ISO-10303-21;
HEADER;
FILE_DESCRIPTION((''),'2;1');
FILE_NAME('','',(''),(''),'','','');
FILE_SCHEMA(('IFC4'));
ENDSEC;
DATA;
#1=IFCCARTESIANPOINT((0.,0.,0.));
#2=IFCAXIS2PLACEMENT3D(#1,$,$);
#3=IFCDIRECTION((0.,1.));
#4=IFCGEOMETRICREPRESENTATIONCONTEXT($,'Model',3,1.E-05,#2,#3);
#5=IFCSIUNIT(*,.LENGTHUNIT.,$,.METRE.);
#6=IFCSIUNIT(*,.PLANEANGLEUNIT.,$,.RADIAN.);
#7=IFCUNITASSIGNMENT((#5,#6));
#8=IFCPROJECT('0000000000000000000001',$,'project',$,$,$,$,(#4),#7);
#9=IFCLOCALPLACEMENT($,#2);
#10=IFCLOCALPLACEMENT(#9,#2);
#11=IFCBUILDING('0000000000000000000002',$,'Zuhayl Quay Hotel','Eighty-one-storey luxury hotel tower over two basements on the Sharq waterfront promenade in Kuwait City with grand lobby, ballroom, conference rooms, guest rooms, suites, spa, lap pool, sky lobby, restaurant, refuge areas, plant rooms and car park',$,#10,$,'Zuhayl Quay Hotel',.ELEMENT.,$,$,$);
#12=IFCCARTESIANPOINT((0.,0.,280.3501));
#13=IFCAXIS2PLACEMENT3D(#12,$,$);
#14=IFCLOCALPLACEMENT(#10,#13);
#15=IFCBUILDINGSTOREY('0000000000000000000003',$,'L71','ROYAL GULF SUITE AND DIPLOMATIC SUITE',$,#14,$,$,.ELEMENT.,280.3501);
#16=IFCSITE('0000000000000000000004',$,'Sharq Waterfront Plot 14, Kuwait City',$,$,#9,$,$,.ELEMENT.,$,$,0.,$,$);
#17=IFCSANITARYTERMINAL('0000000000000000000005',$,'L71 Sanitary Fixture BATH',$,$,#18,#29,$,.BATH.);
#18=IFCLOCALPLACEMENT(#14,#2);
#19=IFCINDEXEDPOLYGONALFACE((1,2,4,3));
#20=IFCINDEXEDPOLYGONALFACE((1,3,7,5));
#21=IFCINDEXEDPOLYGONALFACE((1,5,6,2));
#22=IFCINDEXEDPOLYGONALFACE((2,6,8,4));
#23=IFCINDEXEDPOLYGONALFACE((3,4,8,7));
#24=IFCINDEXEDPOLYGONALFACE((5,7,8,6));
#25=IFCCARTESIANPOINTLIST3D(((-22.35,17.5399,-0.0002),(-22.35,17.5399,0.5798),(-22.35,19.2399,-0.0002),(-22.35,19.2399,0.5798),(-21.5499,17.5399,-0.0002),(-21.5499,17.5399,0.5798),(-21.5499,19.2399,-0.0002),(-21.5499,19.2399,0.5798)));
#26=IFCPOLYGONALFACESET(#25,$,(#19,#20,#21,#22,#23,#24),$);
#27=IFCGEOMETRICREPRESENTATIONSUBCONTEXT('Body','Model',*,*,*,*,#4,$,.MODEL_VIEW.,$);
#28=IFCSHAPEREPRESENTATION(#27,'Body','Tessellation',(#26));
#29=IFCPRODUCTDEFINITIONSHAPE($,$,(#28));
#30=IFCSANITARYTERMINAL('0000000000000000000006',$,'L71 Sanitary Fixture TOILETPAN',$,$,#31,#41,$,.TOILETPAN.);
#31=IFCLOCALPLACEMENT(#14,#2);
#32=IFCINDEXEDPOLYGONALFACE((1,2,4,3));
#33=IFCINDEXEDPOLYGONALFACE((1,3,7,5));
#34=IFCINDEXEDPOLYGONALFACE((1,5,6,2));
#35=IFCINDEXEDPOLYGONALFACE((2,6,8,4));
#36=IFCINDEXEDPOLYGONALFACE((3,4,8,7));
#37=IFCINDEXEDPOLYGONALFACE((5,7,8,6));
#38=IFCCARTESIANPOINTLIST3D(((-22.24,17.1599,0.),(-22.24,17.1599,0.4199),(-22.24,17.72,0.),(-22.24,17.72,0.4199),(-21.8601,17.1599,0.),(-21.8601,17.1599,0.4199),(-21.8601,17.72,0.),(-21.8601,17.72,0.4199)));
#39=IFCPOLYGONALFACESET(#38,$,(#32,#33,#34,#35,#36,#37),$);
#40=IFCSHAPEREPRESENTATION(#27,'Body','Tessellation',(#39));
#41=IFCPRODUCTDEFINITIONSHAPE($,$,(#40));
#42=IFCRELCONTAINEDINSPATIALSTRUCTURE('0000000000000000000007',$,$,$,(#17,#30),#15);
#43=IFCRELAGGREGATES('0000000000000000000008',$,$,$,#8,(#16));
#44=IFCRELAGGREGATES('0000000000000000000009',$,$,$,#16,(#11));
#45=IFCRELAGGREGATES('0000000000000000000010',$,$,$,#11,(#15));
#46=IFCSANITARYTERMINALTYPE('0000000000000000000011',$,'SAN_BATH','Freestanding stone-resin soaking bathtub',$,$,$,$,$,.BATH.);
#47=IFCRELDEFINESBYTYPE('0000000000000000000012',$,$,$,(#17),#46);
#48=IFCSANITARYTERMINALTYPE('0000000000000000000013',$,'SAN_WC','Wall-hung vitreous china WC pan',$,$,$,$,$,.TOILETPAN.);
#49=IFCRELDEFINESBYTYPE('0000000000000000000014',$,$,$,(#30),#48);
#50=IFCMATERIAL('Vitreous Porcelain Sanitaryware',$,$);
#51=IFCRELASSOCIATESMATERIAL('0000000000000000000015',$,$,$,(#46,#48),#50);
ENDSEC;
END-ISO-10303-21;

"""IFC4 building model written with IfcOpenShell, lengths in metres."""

from ifc_helpers import new_model, si_unit, direction, frame, origin, origin_2d, place, context, subcontext, project, spatial, rectangle, extrude, material, type_object, element, save


model = new_model("IFC4")

# Units and contexts
model_context = context("Model", 3, precision=1e-05, world=origin(), true_north=direction((0.0, 1.0)))
body_context = subcontext(model_context, "Body", "Model", "MODEL_VIEW")
ifc_project = project(units=[si_unit("LENGTHUNIT", "METRE"), si_unit("PLANEANGLEUNIT", "RADIAN")], contexts=[model_context])

# Site, building, storey
site_placement = place(None, origin())
site = spatial("IfcSite", under=ifc_project, at=site_placement, Name="Sharq Waterfront Plot 14, Kuwait City", CompositionType="ELEMENT", RefElevation=0.0)
building_placement = place(site_placement, origin())
building = spatial("IfcBuilding", under=site, at=building_placement, Name="Zuhayl Quay Hotel", Description="Eighty-one-storey luxury hotel tower over two basements on the Sharq waterfront promenade in Kuwait City with grand lobby, ballroom, conference rooms, guest rooms, suites, spa, lap pool, sky lobby, restaurant, refuge areas, plant rooms and car park", LongName="Zuhayl Quay Hotel", CompositionType="ELEMENT")
storey_placement = place(building_placement, frame((0.0, 0.0, 280.3501)))
storey = spatial("IfcBuildingStorey", under=building, at=storey_placement, Name="L71", Description="ROYAL GULF SUITE AND DIPLOMATIC SUITE", CompositionType="ELEMENT", Elevation=280.3501)

# Sanitary terminals
ifc_material_1 = material(Name="Vitreous Porcelain Sanitaryware")
sanitary_terminal_type_1 = type_object("IfcSanitaryTerminalType", Name="SAN_BATH", Description="Freestanding stone-resin soaking bathtub", PredefinedType="BATH", material=ifc_material_1)
sanitary_terminal_1_placement = place(storey_placement, frame((-21.95, 18.3899, -0.0002), z_axis=(0.0, 0.0, 1.0), x_axis=(1.0, 0.0, 0.0)))
element("IfcSanitaryTerminal", 1, at=sanitary_terminal_1_placement, inside=storey, type_object=sanitary_terminal_type_1, Name="L71 Sanitary Fixture BATH", PredefinedType="BATH", context=body_context, shape_type="SweptSolid", body=[
    extrude(rectangle(XDim=0.8, YDim=1.7, at=origin_2d()), origin(), (0.0, 0.0, 1.0), 0.5801),
])
sanitary_terminal_type_2 = type_object("IfcSanitaryTerminalType", Name="SAN_WC", Description="Wall-hung vitreous china WC pan", PredefinedType="TOILETPAN", material=ifc_material_1)
sanitary_terminal_2_placement = place(storey_placement, frame((-22.05, 17.4399, 0.0), z_axis=(0.0, 0.0, 1.0), x_axis=(1.0, 0.0, 0.0)))
element("IfcSanitaryTerminal", 2, at=sanitary_terminal_2_placement, inside=storey, type_object=sanitary_terminal_type_2, Name="L71 Sanitary Fixture TOILETPAN", PredefinedType="TOILETPAN", context=body_context, shape_type="SweptSolid", body=[
    extrude(rectangle(XDim=0.3799, YDim=0.5601, at=origin_2d()), origin(), (0.0, 0.0, 1.0), 0.4199),
])

save(model, "model.ifc")
